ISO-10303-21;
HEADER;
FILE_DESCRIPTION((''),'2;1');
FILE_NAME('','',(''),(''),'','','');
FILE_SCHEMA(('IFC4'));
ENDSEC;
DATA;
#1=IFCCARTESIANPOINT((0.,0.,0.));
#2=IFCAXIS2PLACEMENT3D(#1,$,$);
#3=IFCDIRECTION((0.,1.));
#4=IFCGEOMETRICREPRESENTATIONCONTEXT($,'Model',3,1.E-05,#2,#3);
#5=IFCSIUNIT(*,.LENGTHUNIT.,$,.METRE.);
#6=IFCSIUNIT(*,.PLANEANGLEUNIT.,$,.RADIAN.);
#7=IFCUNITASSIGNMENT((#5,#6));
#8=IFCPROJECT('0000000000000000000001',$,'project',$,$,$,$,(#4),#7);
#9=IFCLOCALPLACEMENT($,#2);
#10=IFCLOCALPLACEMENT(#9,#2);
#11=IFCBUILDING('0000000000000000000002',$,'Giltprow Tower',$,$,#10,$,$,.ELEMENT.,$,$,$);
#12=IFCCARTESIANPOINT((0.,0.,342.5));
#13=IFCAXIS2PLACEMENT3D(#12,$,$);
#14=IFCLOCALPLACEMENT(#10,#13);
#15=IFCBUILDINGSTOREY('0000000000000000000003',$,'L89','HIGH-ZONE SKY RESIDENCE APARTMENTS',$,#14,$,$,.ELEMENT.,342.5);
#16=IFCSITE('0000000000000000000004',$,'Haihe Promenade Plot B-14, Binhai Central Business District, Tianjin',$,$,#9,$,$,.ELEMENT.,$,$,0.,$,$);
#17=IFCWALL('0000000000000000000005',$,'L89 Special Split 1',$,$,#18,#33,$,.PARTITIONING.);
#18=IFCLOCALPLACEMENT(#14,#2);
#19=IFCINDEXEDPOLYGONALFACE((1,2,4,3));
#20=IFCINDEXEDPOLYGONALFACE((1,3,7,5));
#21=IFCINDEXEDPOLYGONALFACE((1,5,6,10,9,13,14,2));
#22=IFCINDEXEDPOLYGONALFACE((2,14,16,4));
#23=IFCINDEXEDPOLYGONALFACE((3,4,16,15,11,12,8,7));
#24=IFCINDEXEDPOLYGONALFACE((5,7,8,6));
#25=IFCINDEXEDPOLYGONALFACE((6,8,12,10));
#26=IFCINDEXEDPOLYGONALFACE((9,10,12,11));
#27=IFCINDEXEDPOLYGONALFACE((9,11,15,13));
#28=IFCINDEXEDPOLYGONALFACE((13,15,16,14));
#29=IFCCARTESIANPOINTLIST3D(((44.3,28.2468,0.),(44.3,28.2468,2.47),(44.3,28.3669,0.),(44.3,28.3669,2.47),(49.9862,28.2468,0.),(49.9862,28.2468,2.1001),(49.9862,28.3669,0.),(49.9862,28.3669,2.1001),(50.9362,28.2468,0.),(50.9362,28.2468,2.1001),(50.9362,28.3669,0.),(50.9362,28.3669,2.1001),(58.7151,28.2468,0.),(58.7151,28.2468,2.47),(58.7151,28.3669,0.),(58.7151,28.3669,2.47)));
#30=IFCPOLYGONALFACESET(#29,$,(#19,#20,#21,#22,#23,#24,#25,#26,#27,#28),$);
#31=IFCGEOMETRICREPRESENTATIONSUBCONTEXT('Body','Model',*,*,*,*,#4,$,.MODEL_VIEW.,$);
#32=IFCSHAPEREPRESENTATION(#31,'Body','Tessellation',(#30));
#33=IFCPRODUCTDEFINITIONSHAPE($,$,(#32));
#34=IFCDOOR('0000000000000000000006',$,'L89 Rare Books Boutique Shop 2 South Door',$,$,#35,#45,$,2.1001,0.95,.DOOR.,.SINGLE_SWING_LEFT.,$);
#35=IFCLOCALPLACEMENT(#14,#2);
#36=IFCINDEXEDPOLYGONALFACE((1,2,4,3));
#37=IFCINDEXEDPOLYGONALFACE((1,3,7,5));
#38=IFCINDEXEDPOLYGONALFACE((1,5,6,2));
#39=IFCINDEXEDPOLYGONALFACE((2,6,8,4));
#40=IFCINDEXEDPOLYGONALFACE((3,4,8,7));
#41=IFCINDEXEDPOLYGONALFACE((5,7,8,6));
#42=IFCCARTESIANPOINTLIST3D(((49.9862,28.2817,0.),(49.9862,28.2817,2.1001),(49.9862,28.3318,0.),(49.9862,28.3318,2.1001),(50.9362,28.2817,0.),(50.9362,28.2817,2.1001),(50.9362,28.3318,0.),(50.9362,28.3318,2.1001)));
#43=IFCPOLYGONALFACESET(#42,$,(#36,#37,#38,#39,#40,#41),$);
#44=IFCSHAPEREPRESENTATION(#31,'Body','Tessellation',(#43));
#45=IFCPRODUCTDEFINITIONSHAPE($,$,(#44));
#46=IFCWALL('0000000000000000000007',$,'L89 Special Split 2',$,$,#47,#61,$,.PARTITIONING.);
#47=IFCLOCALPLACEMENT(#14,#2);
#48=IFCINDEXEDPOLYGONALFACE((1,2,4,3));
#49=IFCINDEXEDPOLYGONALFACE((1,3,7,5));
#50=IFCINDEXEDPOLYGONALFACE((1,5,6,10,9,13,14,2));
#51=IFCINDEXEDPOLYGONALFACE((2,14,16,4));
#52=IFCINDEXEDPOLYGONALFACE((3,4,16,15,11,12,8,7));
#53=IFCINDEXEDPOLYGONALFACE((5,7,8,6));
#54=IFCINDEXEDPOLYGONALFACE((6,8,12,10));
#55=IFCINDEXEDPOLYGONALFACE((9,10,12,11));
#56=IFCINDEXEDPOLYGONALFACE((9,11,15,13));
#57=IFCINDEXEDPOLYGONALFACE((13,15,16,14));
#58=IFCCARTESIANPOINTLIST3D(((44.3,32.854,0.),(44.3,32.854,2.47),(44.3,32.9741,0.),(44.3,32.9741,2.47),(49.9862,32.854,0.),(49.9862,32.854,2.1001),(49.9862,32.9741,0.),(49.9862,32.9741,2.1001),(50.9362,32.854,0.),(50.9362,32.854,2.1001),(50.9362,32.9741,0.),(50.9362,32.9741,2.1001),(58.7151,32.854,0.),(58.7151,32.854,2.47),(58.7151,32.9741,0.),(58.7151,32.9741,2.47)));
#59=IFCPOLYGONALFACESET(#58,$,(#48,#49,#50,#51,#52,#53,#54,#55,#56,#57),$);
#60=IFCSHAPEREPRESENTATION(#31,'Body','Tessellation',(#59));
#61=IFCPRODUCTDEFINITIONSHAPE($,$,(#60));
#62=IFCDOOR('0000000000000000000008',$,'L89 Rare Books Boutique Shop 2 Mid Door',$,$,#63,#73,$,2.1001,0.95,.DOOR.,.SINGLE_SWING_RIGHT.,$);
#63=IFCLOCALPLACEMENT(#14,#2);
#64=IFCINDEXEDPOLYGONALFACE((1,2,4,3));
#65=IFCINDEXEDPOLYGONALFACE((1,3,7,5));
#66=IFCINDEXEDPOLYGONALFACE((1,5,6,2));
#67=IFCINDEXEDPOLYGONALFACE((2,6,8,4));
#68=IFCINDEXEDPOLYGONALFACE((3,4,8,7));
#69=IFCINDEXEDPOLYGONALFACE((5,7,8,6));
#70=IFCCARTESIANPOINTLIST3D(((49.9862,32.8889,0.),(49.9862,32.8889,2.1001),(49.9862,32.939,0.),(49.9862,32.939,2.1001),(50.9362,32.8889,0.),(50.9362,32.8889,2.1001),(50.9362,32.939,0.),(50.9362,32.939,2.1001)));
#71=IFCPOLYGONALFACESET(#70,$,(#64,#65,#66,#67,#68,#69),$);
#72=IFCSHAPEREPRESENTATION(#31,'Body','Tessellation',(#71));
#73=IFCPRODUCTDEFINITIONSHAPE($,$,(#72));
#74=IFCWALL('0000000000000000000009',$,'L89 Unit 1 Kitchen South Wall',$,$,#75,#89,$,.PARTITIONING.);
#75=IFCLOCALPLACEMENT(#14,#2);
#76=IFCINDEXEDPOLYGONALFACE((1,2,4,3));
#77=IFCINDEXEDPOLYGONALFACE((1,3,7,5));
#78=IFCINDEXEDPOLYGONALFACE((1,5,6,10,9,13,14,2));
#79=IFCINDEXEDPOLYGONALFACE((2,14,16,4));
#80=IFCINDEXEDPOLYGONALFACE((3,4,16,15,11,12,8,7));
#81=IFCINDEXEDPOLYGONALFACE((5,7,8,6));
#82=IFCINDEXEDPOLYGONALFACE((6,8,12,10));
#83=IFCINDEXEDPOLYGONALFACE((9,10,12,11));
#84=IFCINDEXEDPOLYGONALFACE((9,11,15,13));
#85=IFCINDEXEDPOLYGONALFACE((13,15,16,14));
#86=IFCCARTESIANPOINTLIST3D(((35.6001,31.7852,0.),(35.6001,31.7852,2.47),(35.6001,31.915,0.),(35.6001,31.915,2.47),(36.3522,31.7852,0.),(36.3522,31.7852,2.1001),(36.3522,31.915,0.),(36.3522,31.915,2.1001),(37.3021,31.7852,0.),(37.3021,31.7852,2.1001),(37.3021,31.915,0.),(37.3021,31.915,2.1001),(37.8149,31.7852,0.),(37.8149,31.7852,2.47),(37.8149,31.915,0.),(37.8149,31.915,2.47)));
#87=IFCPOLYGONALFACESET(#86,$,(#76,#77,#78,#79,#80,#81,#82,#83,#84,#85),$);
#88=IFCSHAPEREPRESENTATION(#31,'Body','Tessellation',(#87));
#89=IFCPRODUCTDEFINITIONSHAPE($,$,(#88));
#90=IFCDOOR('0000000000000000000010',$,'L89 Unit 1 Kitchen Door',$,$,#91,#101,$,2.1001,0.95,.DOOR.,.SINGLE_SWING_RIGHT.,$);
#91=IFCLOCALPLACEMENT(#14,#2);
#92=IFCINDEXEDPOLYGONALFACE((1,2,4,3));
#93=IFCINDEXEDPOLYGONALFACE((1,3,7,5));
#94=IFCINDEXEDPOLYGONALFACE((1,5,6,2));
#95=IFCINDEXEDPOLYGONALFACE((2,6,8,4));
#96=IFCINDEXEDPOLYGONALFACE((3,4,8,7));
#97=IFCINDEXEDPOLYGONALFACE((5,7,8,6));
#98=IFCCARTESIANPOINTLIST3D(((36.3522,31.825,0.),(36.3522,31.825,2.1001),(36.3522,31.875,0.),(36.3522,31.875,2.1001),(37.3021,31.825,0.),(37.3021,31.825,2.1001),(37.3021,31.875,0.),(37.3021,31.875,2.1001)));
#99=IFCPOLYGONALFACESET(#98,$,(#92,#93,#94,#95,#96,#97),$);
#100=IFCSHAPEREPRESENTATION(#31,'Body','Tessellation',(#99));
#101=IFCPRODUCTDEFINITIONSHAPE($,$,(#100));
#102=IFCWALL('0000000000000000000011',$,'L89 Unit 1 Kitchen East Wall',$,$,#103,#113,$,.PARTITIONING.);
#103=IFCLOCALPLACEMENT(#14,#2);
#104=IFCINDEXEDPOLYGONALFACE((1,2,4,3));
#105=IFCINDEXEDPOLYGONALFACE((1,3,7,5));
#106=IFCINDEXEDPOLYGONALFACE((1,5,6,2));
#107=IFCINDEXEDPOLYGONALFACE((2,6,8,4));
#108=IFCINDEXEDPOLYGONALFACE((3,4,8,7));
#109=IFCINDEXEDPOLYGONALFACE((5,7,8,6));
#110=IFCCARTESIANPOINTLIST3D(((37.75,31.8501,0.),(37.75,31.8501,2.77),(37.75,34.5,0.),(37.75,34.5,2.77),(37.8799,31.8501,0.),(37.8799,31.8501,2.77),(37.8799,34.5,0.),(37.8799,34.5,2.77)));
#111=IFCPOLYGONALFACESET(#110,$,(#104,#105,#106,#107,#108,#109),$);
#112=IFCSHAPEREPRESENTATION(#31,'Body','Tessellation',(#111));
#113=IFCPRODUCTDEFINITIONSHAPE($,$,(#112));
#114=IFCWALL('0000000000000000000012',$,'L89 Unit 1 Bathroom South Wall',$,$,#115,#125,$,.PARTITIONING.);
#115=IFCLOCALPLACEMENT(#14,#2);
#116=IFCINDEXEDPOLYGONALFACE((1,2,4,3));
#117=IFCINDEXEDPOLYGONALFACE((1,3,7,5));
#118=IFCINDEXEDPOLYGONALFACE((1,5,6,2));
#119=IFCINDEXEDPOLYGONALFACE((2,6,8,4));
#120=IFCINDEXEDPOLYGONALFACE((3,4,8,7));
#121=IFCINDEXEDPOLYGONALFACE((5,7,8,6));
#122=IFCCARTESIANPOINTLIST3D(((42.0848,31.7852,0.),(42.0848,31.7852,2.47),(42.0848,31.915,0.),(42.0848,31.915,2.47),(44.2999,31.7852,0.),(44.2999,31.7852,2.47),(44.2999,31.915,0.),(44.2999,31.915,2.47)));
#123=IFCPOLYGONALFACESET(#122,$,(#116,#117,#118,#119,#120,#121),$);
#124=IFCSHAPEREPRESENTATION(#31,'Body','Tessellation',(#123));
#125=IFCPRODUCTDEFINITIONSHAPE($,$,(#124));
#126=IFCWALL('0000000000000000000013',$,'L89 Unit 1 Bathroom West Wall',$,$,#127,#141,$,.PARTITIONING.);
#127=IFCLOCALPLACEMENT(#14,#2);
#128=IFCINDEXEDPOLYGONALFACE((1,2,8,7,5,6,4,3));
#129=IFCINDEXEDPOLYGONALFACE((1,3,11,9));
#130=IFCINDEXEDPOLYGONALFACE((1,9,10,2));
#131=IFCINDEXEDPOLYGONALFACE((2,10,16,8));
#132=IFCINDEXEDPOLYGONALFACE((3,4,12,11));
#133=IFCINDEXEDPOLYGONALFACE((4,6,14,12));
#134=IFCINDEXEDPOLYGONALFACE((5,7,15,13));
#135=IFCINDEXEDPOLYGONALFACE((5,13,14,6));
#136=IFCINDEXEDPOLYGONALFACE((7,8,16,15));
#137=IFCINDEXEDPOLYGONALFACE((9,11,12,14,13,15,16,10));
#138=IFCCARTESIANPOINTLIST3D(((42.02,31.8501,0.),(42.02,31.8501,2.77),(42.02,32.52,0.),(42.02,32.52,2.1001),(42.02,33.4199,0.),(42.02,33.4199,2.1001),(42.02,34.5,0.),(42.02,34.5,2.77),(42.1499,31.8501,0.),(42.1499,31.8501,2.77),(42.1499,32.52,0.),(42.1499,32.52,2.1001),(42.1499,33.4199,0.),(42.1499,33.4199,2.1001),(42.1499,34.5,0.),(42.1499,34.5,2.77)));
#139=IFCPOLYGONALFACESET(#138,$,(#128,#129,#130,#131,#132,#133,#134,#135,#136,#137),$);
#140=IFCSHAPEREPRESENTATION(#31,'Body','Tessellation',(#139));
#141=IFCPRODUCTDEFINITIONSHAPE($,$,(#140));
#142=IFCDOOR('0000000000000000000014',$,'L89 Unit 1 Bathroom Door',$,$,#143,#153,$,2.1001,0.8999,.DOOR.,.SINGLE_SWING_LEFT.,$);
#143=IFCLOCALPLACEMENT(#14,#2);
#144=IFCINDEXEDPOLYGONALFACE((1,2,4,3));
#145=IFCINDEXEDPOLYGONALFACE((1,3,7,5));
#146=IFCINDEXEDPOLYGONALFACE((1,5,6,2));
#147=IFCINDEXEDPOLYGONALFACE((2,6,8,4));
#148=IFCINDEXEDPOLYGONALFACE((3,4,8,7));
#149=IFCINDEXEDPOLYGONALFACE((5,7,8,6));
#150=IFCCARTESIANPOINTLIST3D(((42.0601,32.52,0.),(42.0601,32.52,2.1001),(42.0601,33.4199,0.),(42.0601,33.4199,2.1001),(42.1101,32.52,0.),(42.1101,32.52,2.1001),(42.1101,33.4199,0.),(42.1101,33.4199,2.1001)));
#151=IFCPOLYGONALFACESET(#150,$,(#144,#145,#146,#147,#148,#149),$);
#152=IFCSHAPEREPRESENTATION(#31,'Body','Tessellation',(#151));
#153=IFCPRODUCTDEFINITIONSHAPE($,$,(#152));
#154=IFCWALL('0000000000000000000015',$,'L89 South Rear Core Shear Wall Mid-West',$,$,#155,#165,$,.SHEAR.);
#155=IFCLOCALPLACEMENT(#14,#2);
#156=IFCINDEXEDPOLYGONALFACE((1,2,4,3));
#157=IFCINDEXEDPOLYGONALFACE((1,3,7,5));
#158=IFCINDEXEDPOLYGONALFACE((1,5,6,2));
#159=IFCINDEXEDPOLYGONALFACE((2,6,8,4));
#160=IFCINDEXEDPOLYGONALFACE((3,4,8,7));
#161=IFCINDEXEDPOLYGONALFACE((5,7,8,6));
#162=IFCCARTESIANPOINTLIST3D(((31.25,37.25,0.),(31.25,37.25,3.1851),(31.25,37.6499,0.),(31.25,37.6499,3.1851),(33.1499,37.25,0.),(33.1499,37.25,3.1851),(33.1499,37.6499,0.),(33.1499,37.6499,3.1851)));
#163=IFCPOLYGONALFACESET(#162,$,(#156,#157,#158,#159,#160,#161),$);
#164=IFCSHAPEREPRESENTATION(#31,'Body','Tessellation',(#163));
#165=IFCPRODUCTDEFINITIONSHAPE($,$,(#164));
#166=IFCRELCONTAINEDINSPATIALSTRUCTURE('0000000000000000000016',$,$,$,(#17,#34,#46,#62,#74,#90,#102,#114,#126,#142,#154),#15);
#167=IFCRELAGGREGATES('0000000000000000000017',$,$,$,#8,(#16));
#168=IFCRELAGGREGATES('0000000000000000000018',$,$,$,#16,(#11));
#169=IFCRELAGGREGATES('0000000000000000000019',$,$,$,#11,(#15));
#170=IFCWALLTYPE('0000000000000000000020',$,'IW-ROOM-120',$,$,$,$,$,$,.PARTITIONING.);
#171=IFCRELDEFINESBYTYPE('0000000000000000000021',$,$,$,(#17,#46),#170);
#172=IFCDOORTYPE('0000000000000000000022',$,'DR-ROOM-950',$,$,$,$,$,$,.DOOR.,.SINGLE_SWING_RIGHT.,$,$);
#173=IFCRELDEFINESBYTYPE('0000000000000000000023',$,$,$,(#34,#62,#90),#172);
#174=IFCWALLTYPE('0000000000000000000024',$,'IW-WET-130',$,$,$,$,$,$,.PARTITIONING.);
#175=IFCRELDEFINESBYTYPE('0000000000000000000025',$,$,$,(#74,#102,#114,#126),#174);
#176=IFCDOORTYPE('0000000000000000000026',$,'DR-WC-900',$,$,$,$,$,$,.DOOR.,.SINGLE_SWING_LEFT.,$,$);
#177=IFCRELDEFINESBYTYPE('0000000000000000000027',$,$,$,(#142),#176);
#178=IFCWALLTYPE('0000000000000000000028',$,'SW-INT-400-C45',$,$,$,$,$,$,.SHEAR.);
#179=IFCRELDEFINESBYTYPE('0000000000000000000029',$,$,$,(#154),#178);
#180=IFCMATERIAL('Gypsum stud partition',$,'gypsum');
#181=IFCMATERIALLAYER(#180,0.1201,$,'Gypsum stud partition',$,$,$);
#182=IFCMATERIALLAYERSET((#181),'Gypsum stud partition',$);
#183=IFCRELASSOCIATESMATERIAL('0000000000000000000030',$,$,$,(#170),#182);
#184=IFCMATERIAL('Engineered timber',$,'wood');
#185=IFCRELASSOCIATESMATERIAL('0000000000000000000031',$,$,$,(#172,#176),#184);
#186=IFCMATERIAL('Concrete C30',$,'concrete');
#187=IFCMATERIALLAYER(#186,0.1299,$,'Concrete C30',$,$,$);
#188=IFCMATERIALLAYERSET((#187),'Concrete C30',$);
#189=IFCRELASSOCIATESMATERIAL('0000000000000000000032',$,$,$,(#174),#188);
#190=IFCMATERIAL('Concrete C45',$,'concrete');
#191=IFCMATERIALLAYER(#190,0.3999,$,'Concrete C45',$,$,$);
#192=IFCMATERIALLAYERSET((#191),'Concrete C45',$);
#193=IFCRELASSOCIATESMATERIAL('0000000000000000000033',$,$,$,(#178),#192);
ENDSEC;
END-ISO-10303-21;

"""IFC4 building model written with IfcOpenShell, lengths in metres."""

from ifc_helpers import new_model, si_unit, direction, frame, frame_2d, origin, place, context, subcontext, project, spatial, rectangle, extrude, source, transform, mapped, material, layer, layer_set, type_object, element, fill, save


model = new_model("IFC4")

# Units and contexts
model_context = context("Model", 3, precision=1e-05, world=origin(), true_north=direction((0.0, 1.0)))
body_context = subcontext(model_context, "Body", "Model", "MODEL_VIEW")
ifc_project = project(units=[si_unit("LENGTHUNIT", "METRE"), si_unit("PLANEANGLEUNIT", "RADIAN")], contexts=[model_context])

# Site, building, storey
site_placement = place(None, origin())
site = spatial("IfcSite", under=ifc_project, at=site_placement, Name="Haihe Promenade Plot B-14, Binhai Central Business District, Tianjin", CompositionType="ELEMENT", RefElevation=0.0)
building_placement = place(site_placement, origin())
building = spatial("IfcBuilding", under=site, at=building_placement, Name="Giltprow Tower", CompositionType="ELEMENT")
storey_placement = place(building_placement, frame((0.0, 0.0, 342.5)))
storey = spatial("IfcBuildingStorey", under=building, at=storey_placement, Name="L89", Description="HIGH-ZONE SKY RESIDENCE APARTMENTS", CompositionType="ELEMENT", Elevation=342.5)

# Shared definitions
ifc_material_1 = material(Name="Concrete C45", Category="concrete")

# Shared definitions
ifc_material_2 = material(Name="Gypsum stud partition", Category="gypsum")
ifc_layer_1 = layer(ifc_material_2, 0.1201, Name="Gypsum stud partition")
ifc_layer_set_1 = layer_set([ifc_layer_1], Name="Gypsum stud partition")
wall_type_1 = type_object("IfcWallType", Name="IW-ROOM-120", PredefinedType="PARTITIONING", material=ifc_layer_set_1)

# Walls, openings, doors
wall_1_placement = place(storey_placement, frame((44.3, 28.3069, 0.0), z_axis=(0.0, 0.0, 1.0), x_axis=(1.0, 0.0, 0.0)))
wall_1 = element("IfcWall", 1, at=wall_1_placement, inside=storey, type_object=wall_type_1, Name="L89 Special Split 1", PredefinedType="PARTITIONING", context=body_context, shape_type="SweptSolid", body=[
    extrude(rectangle(XDim=14.415, YDim=0.1201, at=frame_2d((7.2075, 0.0))), origin(), (0.0, 0.0, 1.0), 2.47),
])
opening_1_placement = place(wall_1_placement, frame((5.686, 0.0, 0.0)))
opening_1 = element("IfcOpeningElement", 2, at=opening_1_placement, cuts=wall_1, PredefinedType="OPENING", context=body_context, shape_type="SweptSolid", body=[
    extrude(rectangle(XDim=0.95, YDim=2.1001, at=frame_2d((0.4751, 1.05))), frame((0.0, 0.0701, 0.0), z_axis=(0.0, -1.0, 0.0), x_axis=(1.0, 0.0, 0.0)), (0.0, 0.0, 1.0), 0.1401),
])
ifc_material_3 = material(Name="Engineered timber", Category="wood")
door_type_1 = type_object("IfcDoorType", Name="DR-ROOM-950", OperationType="SINGLE_SWING_RIGHT", PredefinedType="DOOR", material=ifc_material_3)
shared_shape_1 = source(origin(), body_context, "Body", "SweptSolid", [
    extrude(rectangle(XDim=0.95, YDim=2.1001, at=frame_2d((0.4751, 1.05))), frame((0.0, 0.0249, 0.0), z_axis=(0.0, -1.0, 0.0), x_axis=(1.0, 0.0, 0.0)), (0.0, 0.0, 1.0), 0.05),
])
door_1_placement = place(opening_1_placement, origin())
door_1 = element("IfcDoor", 3, at=door_1_placement, inside=storey, type_object=door_type_1, Name="L89 Rare Books Boutique Shop 2 South Door", OperationType="SINGLE_SWING_LEFT", OverallHeight=2.1001, OverallWidth=0.95, PredefinedType="DOOR", context=body_context, shape_type="MappedRepresentation", body=[
    mapped(shared_shape_1, transform((0.0, 0.0, 0.0), x_axis=(1.0, 0.0, 0.0), y_axis=(0.0, 1.0, 0.0), z_axis=(0.0, 0.0, 1.0), scale=1.0)),
])
fill(opening_1, door_1)
wall_2_placement = place(storey_placement, frame((44.3, 32.9141, 0.0), z_axis=(0.0, 0.0, 1.0), x_axis=(1.0, 0.0, 0.0)))
wall_2 = element("IfcWall", 4, at=wall_2_placement, inside=storey, type_object=wall_type_1, Name="L89 Special Split 2", PredefinedType="PARTITIONING", context=body_context, shape_type="SweptSolid", body=[
    extrude(rectangle(XDim=14.415, YDim=0.1201, at=frame_2d((7.2075, 0.0))), origin(), (0.0, 0.0, 1.0), 2.47),
])
opening_2_placement = place(wall_2_placement, frame((5.686, 0.0, 0.0)))
opening_2 = element("IfcOpeningElement", 5, at=opening_2_placement, cuts=wall_2, PredefinedType="OPENING", context=body_context, shape_type="SweptSolid", body=[
    extrude(rectangle(XDim=0.95, YDim=2.1001, at=frame_2d((0.4751, 1.05))), frame((0.0, 0.0701, 0.0), z_axis=(0.0, -1.0, 0.0), x_axis=(1.0, 0.0, 0.0)), (0.0, 0.0, 1.0), 0.1401),
])
door_2_placement = place(opening_2_placement, origin())
door_2 = element("IfcDoor", 6, at=door_2_placement, inside=storey, type_object=door_type_1, Name="L89 Rare Books Boutique Shop 2 Mid Door", OperationType="SINGLE_SWING_RIGHT", OverallHeight=2.1001, OverallWidth=0.95, PredefinedType="DOOR", context=body_context, shape_type="MappedRepresentation", body=[
    mapped(shared_shape_1, transform((0.0, 0.0, 0.0), x_axis=(1.0, 0.0, 0.0), y_axis=(0.0, 1.0, 0.0), z_axis=(0.0, 0.0, 1.0), scale=1.0)),
])
fill(opening_2, door_2)
ifc_material_4 = material(Name="Concrete C30", Category="concrete")
ifc_layer_2 = layer(ifc_material_4, 0.1299, Name="Concrete C30")
ifc_layer_set_2 = layer_set([ifc_layer_2], Name="Concrete C30")
wall_type_2 = type_object("IfcWallType", Name="IW-WET-130", PredefinedType="PARTITIONING", material=ifc_layer_set_2)
wall_3_placement = place(storey_placement, frame((35.6001, 31.8501, 0.0), z_axis=(0.0, 0.0, 1.0), x_axis=(1.0, 0.0, 0.0)))
wall_3 = element("IfcWall", 7, at=wall_3_placement, inside=storey, type_object=wall_type_2, Name="L89 Unit 1 Kitchen South Wall", PredefinedType="PARTITIONING", context=body_context, shape_type="SweptSolid", body=[
    extrude(rectangle(XDim=2.2148, YDim=0.1299, at=frame_2d((1.1074, 0.0))), origin(), (0.0, 0.0, 1.0), 2.47),
])
opening_3_placement = place(wall_3_placement, frame((0.752, 0.0, 0.0)))
opening_3 = element("IfcOpeningElement", 8, at=opening_3_placement, cuts=wall_3, PredefinedType="OPENING", context=body_context, shape_type="SweptSolid", body=[
    extrude(rectangle(XDim=0.95, YDim=2.1001, at=frame_2d((0.4751, 1.05))), frame((0.0, 0.075, 0.0), z_axis=(0.0, -1.0, 0.0), x_axis=(1.0, 0.0, 0.0)), (0.0, 0.0, 1.0), 0.1499),
])
door_3_placement = place(opening_3_placement, origin())
door_3 = element("IfcDoor", 9, at=door_3_placement, inside=storey, type_object=door_type_1, Name="L89 Unit 1 Kitchen Door", OperationType="SINGLE_SWING_RIGHT", OverallHeight=2.1001, OverallWidth=0.95, PredefinedType="DOOR", context=body_context, shape_type="MappedRepresentation", body=[
    mapped(shared_shape_1, transform((0.0, 0.0, 0.0), x_axis=(1.0, 0.0, 0.0), y_axis=(0.0, 1.0, 0.0), z_axis=(0.0, 0.0, 1.0), scale=1.0)),
])
fill(opening_3, door_3)

# Walls
wall_4_placement = place(storey_placement, frame((37.8149, 31.8501, 0.0), z_axis=(0.0, 0.0, 1.0), x_axis=(0.0, 1.0, 0.0)))
element("IfcWall", 10, at=wall_4_placement, inside=storey, type_object=wall_type_2, Name="L89 Unit 1 Kitchen East Wall", PredefinedType="PARTITIONING", context=body_context, shape_type="SweptSolid", body=[
    extrude(rectangle(XDim=2.6499, YDim=0.1299, at=frame_2d((1.325, 0.0))), origin(), (0.0, 0.0, 1.0), 2.77),
])
wall_5_placement = place(storey_placement, frame((42.085, 31.8501, 0.0), z_axis=(0.0, 0.0, 1.0), x_axis=(1.0, 0.0, 0.0)))
element("IfcWall", 11, at=wall_5_placement, inside=storey, type_object=wall_type_2, Name="L89 Unit 1 Bathroom South Wall", PredefinedType="PARTITIONING", context=body_context, shape_type="SweptSolid", body=[
    extrude(rectangle(XDim=2.2151, YDim=0.1299, at=frame_2d((1.1074, 0.0))), origin(), (0.0, 0.0, 1.0), 2.47),
])

# Wall, opening, door
wall_6_placement = place(storey_placement, frame((42.085, 31.8501, 0.0), z_axis=(0.0, 0.0, 1.0), x_axis=(0.0, 1.0, 0.0)))
wall_6 = element("IfcWall", 12, at=wall_6_placement, inside=storey, type_object=wall_type_2, Name="L89 Unit 1 Bathroom West Wall", PredefinedType="PARTITIONING", context=body_context, shape_type="SweptSolid", body=[
    extrude(rectangle(XDim=2.6499, YDim=0.1299, at=frame_2d((1.325, 0.0))), origin(), (0.0, 0.0, 1.0), 2.77),
])
opening_4_placement = place(wall_6_placement, frame((0.6699, 0.0, 0.0)))
opening_4 = element("IfcOpeningElement", 13, at=opening_4_placement, cuts=wall_6, PredefinedType="OPENING", context=body_context, shape_type="SweptSolid", body=[
    extrude(rectangle(XDim=0.8999, YDim=2.1001, at=frame_2d((0.45, 1.05))), frame((0.0, 0.075, 0.0), z_axis=(0.0, -1.0, 0.0), x_axis=(1.0, 0.0, 0.0)), (0.0, 0.0, 1.0), 0.1499),
])
door_type_2 = type_object("IfcDoorType", Name="DR-WC-900", OperationType="SINGLE_SWING_LEFT", PredefinedType="DOOR", material=ifc_material_3)
shared_shape_2 = source(origin(), body_context, "Body", "SweptSolid", [
    extrude(rectangle(XDim=0.8999, YDim=2.1001, at=frame_2d((0.45, 1.05))), frame((0.0, 0.0249, 0.0), z_axis=(0.0, -1.0, 0.0), x_axis=(1.0, 0.0, 0.0)), (0.0, 0.0, 1.0), 0.05),
])
door_4_placement = place(opening_4_placement, origin())
door_4 = element("IfcDoor", 14, at=door_4_placement, inside=storey, type_object=door_type_2, Name="L89 Unit 1 Bathroom Door", OperationType="SINGLE_SWING_LEFT", OverallHeight=2.1001, OverallWidth=0.8999, PredefinedType="DOOR", context=body_context, shape_type="MappedRepresentation", body=[
    mapped(shared_shape_2, transform((0.0, 0.0, 0.0), x_axis=(1.0, 0.0, 0.0), y_axis=(0.0, 1.0, 0.0), z_axis=(0.0, 0.0, 1.0), scale=1.0)),
])
fill(opening_4, door_4)

# Wall
ifc_layer_3 = layer(ifc_material_1, 0.3999, Name="Concrete C45")
ifc_layer_set_3 = layer_set([ifc_layer_3], Name="Concrete C45")
wall_type_3 = type_object("IfcWallType", Name="SW-INT-400-C45", PredefinedType="SHEAR", material=ifc_layer_set_3)
wall_7_placement = place(storey_placement, frame((31.25, 37.45, 0.0), z_axis=(0.0, 0.0, 1.0), x_axis=(1.0, 0.0, 0.0)))
element("IfcWall", 15, at=wall_7_placement, inside=storey, type_object=wall_type_3, Name="L89 South Rear Core Shear Wall Mid-West", PredefinedType="SHEAR", context=body_context, shape_type="SweptSolid", body=[
    extrude(rectangle(XDim=1.8999, YDim=0.3999, at=frame_2d((0.95, 0.0))), origin(), (0.0, 0.0, 1.0), 3.1851),
])

save(model, "model.ifc")
